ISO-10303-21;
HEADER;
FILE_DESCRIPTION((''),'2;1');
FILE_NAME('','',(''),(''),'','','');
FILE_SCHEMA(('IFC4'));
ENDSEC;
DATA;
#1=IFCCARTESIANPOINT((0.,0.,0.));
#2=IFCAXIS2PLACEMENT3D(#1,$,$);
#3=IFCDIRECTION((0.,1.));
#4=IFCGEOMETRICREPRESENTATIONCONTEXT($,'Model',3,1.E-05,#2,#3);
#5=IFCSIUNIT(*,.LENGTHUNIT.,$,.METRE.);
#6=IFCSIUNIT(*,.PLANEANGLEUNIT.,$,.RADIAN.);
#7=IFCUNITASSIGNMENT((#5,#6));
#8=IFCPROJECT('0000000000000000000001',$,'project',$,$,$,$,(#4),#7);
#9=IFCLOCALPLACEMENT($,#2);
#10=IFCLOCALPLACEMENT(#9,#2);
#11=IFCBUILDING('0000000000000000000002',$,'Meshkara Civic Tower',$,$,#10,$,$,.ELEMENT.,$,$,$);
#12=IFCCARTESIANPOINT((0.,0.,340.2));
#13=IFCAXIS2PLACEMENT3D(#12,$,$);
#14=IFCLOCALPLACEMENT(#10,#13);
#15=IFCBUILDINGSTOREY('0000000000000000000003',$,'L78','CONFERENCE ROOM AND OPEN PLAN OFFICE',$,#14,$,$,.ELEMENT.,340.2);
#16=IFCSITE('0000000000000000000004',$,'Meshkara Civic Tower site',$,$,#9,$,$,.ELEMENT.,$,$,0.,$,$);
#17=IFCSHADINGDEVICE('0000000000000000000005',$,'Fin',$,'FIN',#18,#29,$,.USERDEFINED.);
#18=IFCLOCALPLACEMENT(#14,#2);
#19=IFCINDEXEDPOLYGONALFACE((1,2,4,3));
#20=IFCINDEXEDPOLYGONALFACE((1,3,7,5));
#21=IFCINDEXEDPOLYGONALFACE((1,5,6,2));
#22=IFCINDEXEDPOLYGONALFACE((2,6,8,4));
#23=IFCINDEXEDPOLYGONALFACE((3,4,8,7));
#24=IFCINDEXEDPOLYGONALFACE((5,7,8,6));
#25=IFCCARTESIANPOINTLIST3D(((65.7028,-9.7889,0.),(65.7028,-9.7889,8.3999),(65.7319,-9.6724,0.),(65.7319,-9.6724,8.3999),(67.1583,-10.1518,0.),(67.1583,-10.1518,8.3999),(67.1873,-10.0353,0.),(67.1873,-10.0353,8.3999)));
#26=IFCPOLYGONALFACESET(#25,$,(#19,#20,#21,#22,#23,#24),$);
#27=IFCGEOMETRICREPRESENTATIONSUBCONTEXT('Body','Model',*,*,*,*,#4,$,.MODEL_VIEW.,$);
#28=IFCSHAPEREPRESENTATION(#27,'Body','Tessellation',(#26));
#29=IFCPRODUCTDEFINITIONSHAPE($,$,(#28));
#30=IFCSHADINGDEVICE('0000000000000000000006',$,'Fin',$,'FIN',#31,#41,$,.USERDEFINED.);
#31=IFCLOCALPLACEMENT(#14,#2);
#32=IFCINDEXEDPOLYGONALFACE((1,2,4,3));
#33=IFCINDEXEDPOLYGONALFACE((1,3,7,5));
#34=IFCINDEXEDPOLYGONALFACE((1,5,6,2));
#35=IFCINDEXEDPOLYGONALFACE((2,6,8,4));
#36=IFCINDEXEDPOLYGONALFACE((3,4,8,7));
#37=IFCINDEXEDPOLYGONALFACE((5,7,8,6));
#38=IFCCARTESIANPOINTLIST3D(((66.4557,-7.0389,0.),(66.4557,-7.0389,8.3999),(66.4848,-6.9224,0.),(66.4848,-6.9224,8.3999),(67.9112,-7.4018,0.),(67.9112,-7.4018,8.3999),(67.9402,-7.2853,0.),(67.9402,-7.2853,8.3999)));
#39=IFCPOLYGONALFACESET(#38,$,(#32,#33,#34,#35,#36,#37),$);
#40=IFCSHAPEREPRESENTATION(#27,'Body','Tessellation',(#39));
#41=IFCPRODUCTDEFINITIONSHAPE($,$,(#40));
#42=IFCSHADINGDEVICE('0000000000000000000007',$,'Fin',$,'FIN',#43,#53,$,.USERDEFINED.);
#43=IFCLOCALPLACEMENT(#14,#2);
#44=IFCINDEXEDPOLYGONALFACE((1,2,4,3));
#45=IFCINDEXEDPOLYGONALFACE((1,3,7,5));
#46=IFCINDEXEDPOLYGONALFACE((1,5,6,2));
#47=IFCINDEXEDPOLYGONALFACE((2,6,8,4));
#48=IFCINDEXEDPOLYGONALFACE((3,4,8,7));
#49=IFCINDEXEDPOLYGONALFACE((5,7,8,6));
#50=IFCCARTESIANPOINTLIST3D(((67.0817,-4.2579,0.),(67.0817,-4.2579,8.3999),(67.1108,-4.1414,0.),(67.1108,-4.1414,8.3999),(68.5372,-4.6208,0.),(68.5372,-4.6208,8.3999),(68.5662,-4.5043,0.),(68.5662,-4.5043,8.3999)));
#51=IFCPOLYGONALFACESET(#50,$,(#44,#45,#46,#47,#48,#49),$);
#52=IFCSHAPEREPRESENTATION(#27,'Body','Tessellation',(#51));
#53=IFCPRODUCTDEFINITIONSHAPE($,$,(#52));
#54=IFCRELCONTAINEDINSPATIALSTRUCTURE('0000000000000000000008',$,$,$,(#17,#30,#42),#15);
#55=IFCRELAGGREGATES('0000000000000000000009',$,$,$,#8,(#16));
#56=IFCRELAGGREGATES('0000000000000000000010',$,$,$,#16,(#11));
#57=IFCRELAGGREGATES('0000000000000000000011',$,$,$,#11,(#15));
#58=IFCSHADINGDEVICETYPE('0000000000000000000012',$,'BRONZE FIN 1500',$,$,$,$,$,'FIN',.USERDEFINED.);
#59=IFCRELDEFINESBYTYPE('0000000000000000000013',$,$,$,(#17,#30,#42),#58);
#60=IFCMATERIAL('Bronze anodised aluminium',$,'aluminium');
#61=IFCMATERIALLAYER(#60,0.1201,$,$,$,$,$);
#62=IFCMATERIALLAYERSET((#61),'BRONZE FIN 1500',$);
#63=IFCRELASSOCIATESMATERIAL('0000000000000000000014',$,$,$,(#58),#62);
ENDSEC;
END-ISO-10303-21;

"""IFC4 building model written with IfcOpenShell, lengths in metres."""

from ifc_helpers import new_model, si_unit, direction, frame, origin, origin_2d, place, context, subcontext, project, spatial, rectangle, extrude, material, layer, layer_set, type_object, element, save


model = new_model("IFC4")

# Units and contexts
model_context = context("Model", 3, precision=1e-05, world=origin(), true_north=direction((0.0, 1.0)))
body_context = subcontext(model_context, "Body", "Model", "MODEL_VIEW")
ifc_project = project(units=[si_unit("LENGTHUNIT", "METRE"), si_unit("PLANEANGLEUNIT", "RADIAN")], contexts=[model_context])

# Site, building, storey
site_placement = place(None, origin())
site = spatial("IfcSite", under=ifc_project, at=site_placement, Name="Meshkara Civic Tower site", CompositionType="ELEMENT", RefElevation=0.0)
building_placement = place(site_placement, origin())
building = spatial("IfcBuilding", under=site, at=building_placement, Name="Meshkara Civic Tower", CompositionType="ELEMENT")
storey_placement = place(building_placement, frame((0.0, 0.0, 340.2)))
storey = spatial("IfcBuildingStorey", under=building, at=storey_placement, Name="L78", Description="CONFERENCE ROOM AND OPEN PLAN OFFICE", CompositionType="ELEMENT", Elevation=340.2)

# Shading devices
ifc_material_1 = material(Name="Bronze anodised aluminium", Category="aluminium")
ifc_layer_1 = layer(ifc_material_1, 0.1201)
ifc_layer_set_1 = layer_set([ifc_layer_1], Name="BRONZE FIN 1500")
shading_device_type_1 = type_object("IfcShadingDeviceType", Name="BRONZE FIN 1500", ElementType="FIN", PredefinedType="USERDEFINED", material=ifc_layer_set_1)
for number, where, z_axis, x_axis, name in (
    (1, (66.4451, -9.9121, 0.0), (0.0, 0.0, 1.0), (0.241939, 0.970292, 0.0), "Fin"),
    (2, (67.198, -7.1621, 0.0), (0.0, 0.0, 1.0), (0.241939, 0.970292, 0.0), "Fin"),
    (3, (67.824, -4.3811, 0.0), (0.0, 0.0, 1.0), (0.241939, 0.970292, 0.0), "Fin"),
):
    element("IfcShadingDevice", number, at=place(storey_placement, frame(where, z_axis=z_axis, x_axis=x_axis)), inside=storey, type_object=shading_device_type_1, Name=name, ObjectType="FIN", PredefinedType="USERDEFINED", context=body_context, shape_type="SweptSolid", body=[
        extrude(rectangle(XDim=0.1201, YDim=1.5, at=origin_2d()), origin(), (0.0, 0.0, 1.0), 8.3999),
    ])

save(model, "model.ifc")
